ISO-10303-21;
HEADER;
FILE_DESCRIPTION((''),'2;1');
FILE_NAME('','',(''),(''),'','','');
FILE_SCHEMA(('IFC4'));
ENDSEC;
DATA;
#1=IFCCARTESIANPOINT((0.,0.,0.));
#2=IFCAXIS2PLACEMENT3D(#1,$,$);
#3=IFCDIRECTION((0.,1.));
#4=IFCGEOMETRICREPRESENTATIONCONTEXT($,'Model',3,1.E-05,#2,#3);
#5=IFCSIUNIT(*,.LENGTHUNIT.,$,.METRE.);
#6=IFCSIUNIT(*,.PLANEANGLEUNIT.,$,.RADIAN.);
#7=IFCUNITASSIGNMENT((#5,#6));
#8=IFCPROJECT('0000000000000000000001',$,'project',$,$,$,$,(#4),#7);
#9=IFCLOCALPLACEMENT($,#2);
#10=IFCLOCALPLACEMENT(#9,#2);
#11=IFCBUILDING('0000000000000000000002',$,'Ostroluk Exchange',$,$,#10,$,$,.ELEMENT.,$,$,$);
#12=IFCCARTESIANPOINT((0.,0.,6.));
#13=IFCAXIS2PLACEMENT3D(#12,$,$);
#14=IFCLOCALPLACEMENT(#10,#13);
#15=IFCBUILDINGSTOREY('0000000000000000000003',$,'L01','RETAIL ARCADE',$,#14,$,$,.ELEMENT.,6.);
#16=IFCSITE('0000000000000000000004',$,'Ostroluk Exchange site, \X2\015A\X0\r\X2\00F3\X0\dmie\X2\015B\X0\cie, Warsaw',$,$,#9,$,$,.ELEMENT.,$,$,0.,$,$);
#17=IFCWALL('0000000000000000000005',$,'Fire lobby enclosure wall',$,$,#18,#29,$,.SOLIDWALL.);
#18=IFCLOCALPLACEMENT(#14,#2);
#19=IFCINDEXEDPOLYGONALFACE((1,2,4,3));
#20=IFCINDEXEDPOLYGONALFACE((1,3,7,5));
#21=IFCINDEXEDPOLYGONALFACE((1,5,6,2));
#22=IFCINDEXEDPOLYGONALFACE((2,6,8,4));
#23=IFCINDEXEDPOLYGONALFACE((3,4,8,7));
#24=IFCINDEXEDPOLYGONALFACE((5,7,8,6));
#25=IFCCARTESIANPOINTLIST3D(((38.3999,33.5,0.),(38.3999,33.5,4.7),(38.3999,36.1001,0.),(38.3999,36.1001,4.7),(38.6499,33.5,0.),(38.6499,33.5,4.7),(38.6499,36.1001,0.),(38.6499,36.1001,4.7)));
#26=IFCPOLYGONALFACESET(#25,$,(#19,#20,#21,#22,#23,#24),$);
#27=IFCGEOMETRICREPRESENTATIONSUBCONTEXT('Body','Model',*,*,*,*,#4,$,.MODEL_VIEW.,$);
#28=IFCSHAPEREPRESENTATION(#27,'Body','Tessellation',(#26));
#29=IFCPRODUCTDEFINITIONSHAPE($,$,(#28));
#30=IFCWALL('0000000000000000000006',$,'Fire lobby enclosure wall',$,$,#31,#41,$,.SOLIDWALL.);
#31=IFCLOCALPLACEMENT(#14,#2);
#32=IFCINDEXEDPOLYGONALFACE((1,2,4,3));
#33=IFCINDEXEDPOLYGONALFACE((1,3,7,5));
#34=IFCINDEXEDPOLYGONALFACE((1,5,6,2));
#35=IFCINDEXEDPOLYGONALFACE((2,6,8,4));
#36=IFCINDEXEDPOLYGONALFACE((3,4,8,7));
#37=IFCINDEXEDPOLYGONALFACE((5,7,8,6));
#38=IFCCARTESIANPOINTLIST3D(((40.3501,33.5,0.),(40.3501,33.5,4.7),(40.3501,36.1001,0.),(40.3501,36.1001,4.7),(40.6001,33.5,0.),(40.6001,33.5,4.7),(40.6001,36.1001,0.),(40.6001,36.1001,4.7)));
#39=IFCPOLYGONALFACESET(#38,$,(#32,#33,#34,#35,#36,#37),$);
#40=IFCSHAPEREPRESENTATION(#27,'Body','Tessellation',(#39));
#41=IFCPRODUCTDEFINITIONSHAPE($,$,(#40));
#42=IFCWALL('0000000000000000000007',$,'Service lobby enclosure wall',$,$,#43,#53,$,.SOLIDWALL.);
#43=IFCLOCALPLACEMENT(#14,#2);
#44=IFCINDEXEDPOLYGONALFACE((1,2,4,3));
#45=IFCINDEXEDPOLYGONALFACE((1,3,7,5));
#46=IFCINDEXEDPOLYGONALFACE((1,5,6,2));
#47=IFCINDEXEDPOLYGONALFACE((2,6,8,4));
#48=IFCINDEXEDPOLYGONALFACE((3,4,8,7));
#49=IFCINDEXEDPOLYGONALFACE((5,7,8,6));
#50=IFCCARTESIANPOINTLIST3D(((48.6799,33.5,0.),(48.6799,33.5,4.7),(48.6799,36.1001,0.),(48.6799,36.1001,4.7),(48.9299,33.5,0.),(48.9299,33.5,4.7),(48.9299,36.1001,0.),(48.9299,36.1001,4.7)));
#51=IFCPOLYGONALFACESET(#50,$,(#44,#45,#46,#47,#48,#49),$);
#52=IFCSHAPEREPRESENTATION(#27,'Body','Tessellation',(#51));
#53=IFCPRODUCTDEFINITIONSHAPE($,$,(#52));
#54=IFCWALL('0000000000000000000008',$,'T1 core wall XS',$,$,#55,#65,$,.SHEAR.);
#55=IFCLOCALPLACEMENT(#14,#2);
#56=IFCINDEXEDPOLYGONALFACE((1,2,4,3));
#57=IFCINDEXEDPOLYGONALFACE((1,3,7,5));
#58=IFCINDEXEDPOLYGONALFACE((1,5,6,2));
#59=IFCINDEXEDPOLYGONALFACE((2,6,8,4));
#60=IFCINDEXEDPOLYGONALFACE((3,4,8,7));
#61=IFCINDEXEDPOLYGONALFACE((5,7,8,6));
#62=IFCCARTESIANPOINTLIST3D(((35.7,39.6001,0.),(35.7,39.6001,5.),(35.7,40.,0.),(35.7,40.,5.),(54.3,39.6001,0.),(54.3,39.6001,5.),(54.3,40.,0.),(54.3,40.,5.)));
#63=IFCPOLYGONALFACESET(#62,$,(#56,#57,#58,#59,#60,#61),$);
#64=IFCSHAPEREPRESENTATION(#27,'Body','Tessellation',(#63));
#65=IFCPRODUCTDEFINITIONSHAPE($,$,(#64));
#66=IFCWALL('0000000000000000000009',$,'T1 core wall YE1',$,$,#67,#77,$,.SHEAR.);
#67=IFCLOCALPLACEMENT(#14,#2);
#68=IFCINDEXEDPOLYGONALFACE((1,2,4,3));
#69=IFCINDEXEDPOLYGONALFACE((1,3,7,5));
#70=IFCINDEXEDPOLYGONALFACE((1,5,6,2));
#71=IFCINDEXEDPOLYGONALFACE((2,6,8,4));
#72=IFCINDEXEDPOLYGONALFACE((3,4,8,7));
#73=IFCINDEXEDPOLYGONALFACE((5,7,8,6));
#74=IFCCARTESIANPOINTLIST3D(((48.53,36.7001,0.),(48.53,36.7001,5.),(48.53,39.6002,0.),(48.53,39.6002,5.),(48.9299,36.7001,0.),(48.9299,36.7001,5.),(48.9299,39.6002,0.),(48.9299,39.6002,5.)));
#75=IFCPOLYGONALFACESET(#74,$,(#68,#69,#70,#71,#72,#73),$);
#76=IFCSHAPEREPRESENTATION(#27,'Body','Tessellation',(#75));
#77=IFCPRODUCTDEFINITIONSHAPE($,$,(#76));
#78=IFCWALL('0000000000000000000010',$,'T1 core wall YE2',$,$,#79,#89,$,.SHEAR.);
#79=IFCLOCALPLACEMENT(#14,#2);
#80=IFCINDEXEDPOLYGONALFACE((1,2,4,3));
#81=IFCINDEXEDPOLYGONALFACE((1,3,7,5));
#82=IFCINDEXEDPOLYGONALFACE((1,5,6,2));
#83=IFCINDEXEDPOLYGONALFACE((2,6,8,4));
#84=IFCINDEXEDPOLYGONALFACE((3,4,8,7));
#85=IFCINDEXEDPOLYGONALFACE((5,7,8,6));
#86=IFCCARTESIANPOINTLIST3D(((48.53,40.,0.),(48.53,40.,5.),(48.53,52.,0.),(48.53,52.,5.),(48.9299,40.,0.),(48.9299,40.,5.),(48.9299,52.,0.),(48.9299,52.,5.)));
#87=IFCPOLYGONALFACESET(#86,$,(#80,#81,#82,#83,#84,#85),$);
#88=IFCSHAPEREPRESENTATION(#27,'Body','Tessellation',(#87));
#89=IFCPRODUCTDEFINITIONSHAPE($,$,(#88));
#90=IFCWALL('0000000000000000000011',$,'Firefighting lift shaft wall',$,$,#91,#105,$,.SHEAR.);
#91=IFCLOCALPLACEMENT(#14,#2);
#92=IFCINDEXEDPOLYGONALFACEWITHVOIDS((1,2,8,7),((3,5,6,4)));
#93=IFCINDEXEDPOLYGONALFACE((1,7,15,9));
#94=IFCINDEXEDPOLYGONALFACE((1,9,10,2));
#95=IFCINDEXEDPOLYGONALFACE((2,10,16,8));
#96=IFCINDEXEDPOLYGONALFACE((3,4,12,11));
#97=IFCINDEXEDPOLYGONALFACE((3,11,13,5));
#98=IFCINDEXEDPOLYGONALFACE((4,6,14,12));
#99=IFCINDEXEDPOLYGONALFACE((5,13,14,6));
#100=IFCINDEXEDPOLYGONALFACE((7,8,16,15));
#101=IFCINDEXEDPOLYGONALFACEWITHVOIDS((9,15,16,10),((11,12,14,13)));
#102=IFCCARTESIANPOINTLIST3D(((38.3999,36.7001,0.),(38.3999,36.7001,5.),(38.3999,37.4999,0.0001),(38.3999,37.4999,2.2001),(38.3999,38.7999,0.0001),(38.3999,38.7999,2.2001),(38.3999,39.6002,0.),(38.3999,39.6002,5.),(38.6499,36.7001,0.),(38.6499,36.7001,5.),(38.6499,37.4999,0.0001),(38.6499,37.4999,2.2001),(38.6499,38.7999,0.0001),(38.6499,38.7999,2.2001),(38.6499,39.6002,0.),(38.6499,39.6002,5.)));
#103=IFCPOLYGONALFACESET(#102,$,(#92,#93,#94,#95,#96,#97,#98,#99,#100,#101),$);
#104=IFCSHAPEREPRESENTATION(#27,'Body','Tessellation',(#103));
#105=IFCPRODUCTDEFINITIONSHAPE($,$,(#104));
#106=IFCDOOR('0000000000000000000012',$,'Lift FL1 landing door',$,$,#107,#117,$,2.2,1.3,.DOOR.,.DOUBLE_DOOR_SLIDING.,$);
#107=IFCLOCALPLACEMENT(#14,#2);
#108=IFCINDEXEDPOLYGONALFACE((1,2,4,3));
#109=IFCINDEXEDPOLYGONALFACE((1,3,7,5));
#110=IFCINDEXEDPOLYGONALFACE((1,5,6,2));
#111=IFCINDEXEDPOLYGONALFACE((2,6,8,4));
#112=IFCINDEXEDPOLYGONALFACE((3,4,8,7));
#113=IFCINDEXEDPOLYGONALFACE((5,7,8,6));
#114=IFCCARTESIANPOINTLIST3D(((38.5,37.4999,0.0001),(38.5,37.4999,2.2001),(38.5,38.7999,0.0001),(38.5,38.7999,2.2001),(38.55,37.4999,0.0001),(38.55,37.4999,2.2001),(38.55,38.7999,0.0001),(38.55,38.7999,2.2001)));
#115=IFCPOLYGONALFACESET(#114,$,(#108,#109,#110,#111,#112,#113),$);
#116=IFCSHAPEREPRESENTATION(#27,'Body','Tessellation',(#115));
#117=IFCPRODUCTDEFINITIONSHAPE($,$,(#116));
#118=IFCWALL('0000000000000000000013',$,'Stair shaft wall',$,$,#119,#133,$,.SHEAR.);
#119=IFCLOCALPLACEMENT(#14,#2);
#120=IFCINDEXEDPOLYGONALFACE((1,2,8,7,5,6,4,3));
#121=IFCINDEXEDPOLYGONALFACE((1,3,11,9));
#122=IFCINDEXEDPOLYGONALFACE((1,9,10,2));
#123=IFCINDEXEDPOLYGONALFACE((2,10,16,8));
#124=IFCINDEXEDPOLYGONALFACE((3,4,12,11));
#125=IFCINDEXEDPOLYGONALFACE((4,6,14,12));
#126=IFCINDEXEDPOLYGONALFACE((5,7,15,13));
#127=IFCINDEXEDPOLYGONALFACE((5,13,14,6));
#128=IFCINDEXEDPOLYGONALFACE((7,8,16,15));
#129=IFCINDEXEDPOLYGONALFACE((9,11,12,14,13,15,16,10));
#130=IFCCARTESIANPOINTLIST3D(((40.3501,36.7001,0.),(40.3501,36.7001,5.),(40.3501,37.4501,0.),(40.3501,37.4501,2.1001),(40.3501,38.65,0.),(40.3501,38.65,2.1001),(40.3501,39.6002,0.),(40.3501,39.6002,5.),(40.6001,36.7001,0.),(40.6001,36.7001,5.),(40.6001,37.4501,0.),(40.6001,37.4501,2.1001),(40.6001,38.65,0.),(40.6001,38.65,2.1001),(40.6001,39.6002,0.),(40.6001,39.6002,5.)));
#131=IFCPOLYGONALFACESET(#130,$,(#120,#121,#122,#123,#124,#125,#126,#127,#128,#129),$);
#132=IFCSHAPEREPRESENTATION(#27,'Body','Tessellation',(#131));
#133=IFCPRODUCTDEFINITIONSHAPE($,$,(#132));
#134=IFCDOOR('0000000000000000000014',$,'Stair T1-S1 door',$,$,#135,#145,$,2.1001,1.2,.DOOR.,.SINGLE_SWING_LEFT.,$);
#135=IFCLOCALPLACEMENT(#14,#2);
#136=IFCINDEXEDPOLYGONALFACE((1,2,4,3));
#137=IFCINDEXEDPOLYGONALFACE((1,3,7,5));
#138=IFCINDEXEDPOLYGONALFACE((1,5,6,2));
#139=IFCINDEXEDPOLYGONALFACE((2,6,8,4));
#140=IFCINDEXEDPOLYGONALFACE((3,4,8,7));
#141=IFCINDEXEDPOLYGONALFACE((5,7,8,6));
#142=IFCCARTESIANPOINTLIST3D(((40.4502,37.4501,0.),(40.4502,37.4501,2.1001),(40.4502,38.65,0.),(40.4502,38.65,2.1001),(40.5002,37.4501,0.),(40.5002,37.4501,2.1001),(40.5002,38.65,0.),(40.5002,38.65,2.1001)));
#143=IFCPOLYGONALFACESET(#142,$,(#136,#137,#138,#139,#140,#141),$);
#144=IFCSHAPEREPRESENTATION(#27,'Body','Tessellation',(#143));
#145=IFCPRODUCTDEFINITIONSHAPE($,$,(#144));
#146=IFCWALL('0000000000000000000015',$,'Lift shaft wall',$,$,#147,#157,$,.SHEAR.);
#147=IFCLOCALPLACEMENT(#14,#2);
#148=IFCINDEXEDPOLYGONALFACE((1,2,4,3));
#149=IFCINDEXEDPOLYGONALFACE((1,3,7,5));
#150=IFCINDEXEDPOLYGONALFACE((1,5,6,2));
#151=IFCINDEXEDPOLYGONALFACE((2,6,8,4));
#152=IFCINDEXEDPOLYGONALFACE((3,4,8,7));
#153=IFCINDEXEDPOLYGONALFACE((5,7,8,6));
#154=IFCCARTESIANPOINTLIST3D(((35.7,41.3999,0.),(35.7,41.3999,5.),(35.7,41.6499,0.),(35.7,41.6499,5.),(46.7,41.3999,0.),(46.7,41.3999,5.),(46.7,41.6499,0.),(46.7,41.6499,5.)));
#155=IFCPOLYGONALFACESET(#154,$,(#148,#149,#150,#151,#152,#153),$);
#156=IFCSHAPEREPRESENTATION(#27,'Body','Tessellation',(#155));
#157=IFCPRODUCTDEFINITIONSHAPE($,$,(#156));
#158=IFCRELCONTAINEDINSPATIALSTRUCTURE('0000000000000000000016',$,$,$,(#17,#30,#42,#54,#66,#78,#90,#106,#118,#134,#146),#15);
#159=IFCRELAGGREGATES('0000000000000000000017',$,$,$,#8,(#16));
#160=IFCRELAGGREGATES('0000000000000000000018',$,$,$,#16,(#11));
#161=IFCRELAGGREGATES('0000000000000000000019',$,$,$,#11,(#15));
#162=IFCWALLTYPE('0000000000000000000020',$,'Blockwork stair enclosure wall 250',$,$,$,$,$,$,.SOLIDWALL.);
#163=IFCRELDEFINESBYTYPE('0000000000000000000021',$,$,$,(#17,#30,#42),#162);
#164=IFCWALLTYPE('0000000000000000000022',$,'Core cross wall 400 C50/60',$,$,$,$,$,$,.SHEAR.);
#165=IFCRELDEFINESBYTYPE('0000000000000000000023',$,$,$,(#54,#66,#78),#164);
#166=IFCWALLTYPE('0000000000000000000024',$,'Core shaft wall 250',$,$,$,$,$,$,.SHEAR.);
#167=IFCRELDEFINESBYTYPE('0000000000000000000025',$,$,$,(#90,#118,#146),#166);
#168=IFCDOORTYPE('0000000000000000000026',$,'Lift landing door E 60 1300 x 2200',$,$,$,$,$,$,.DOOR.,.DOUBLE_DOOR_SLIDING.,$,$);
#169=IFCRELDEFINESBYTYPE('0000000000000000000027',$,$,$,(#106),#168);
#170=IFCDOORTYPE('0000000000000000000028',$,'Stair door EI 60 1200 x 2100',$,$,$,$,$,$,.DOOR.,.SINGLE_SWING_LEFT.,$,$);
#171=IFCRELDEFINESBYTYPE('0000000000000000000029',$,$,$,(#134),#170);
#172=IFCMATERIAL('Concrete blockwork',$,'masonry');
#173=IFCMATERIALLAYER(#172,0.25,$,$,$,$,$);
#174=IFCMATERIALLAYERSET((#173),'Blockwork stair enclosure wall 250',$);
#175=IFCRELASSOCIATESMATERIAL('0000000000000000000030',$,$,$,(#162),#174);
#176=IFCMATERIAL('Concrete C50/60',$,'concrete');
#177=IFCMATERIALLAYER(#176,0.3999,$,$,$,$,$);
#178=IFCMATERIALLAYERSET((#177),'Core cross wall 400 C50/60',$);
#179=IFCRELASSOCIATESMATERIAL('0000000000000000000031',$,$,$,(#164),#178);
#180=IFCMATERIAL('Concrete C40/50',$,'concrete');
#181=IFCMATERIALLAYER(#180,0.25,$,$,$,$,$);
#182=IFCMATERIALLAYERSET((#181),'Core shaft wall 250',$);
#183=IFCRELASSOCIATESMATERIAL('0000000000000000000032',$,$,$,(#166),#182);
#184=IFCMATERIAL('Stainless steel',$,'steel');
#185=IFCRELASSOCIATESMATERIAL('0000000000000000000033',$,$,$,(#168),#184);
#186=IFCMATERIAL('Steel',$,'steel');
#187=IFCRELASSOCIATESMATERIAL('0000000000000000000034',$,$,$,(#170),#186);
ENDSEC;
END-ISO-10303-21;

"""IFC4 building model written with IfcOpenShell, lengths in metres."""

from ifc_helpers import new_model, si_unit, direction, frame, frame_2d, origin, place, context, subcontext, project, spatial, rectangle, extrude, material, layer, layer_set, type_object, element, fill, save


model = new_model("IFC4")

# Units and contexts
model_context = context("Model", 3, precision=1e-05, world=origin(), true_north=direction((0.0, 1.0)))
body_context = subcontext(model_context, "Body", "Model", "MODEL_VIEW")
ifc_project = project(units=[si_unit("LENGTHUNIT", "METRE"), si_unit("PLANEANGLEUNIT", "RADIAN")], contexts=[model_context])

# Site, building, storey
site_placement = place(None, origin())
site = spatial("IfcSite", under=ifc_project, at=site_placement, Name="Ostroluk Exchange site, Śródmieście, Warsaw", CompositionType="ELEMENT", RefElevation=0.0)
building_placement = place(site_placement, origin())
building = spatial("IfcBuilding", under=site, at=building_placement, Name="Ostroluk Exchange", CompositionType="ELEMENT")
storey_placement = place(building_placement, frame((0.0, 0.0, 6.0)))
storey = spatial("IfcBuildingStorey", under=building, at=storey_placement, Name="L01", Description="RETAIL ARCADE", CompositionType="ELEMENT", Elevation=6.0)

# Walls
ifc_material_1 = material(Name="Concrete blockwork", Category="masonry")
ifc_layer_1 = layer(ifc_material_1, 0.25)
ifc_layer_set_1 = layer_set([ifc_layer_1], Name="Blockwork stair enclosure wall 250")
wall_type_1 = type_object("IfcWallType", Name="Blockwork stair enclosure wall 250", PredefinedType="SOLIDWALL", material=ifc_layer_set_1)
for number, where, z_axis, x_axis, name in (
    (1, (38.5249, 33.5, 0.0), (0.0, 0.0, 1.0), (0.0, 1.0, 0.0), "Fire lobby enclosure wall"),
    (2, (40.4751, 33.5, 0.0), (0.0, 0.0, 1.0), (0.0, 1.0, 0.0), "Fire lobby enclosure wall"),
    (3, (48.8049, 33.5, 0.0), (0.0, 0.0, 1.0), (0.0, 1.0, 0.0), "Service lobby enclosure wall"),
):
    element("IfcWall", number, at=place(storey_placement, frame(where, z_axis=z_axis, x_axis=x_axis)), inside=storey, type_object=wall_type_1, Name=name, PredefinedType="SOLIDWALL", context=body_context, shape_type="SweptSolid", body=[
        extrude(rectangle(XDim=2.6001, YDim=0.25, at=frame_2d((1.3, 0.0))), origin(), (0.0, 0.0, 1.0), 4.7),
    ])
ifc_material_2 = material(Name="Concrete C50/60", Category="concrete")
ifc_layer_2 = layer(ifc_material_2, 0.3999)
ifc_layer_set_2 = layer_set([ifc_layer_2], Name="Core cross wall 400 C50/60")
wall_type_2 = type_object("IfcWallType", Name="Core cross wall 400 C50/60", PredefinedType="SHEAR", material=ifc_layer_set_2)
wall_1_placement = place(storey_placement, frame((35.7, 39.8, 0.0), z_axis=(0.0, 0.0, 1.0), x_axis=(1.0, 0.0, 0.0)))
element("IfcWall", 4, at=wall_1_placement, inside=storey, type_object=wall_type_2, Name="T1 core wall XS", PredefinedType="SHEAR", context=body_context, shape_type="SweptSolid", body=[
    extrude(rectangle(XDim=18.6001, YDim=0.3999, at=frame_2d((9.3, 0.0))), origin(), (0.0, 0.0, 1.0), 5.0),
])
wall_2_placement = place(storey_placement, frame((48.73, 36.7, 0.0), z_axis=(0.0, 0.0, 1.0), x_axis=(0.0, 1.0, 0.0)))
element("IfcWall", 5, at=wall_2_placement, inside=storey, type_object=wall_type_2, Name="T1 core wall YE1", PredefinedType="SHEAR", context=body_context, shape_type="SweptSolid", body=[
    extrude(rectangle(XDim=2.9001, YDim=0.3999, at=frame_2d((1.4502, 0.0))), origin(), (0.0, 0.0, 1.0), 5.0),
])
wall_3_placement = place(storey_placement, frame((48.73, 40.0, 0.0), z_axis=(0.0, 0.0, 1.0), x_axis=(0.0, 1.0, 0.0)))
element("IfcWall", 6, at=wall_3_placement, inside=storey, type_object=wall_type_2, Name="T1 core wall YE2", PredefinedType="SHEAR", context=body_context, shape_type="SweptSolid", body=[
    extrude(rectangle(XDim=12.0, YDim=0.3999, at=frame_2d((6.0, 0.0))), origin(), (0.0, 0.0, 1.0), 5.0),
])

# Walls, openings, doors
ifc_material_3 = material(Name="Concrete C40/50", Category="concrete")
ifc_layer_3 = layer(ifc_material_3, 0.25)
ifc_layer_set_3 = layer_set([ifc_layer_3], Name="Core shaft wall 250")
wall_type_3 = type_object("IfcWallType", Name="Core shaft wall 250", PredefinedType="SHEAR", material=ifc_layer_set_3)
wall_4_placement = place(storey_placement, frame((38.5249, 36.7, 0.0), z_axis=(0.0, 0.0, 1.0), x_axis=(0.0, 1.0, 0.0)))
wall_4 = element("IfcWall", 7, at=wall_4_placement, inside=storey, type_object=wall_type_3, Name="Firefighting lift shaft wall", PredefinedType="SHEAR", context=body_context, shape_type="SweptSolid", body=[
    extrude(rectangle(XDim=2.9001, YDim=0.25, at=frame_2d((1.4502, 0.0))), origin(), (0.0, 0.0, 1.0), 5.0),
])
opening_1_placement = place(wall_4_placement, frame((0.8, 0.0, 0.0)))
opening_1 = element("IfcOpeningElement", 8, at=opening_1_placement, cuts=wall_4, PredefinedType="OPENING", context=body_context, shape_type="SweptSolid", body=[
    extrude(rectangle(XDim=1.3, YDim=2.2, at=frame_2d((0.6499, 1.1001))), frame((0.0, 0.135, 0.0), z_axis=(0.0, -1.0, 0.0), x_axis=(1.0, 0.0, 0.0)), (0.0, 0.0, 1.0), 0.27),
])
ifc_material_4 = material(Name="Stainless steel", Category="steel")
door_type_1 = type_object("IfcDoorType", Name="Lift landing door E 60 1300 x 2200", OperationType="DOUBLE_DOOR_SLIDING", PredefinedType="DOOR", material=ifc_material_4)
door_1_placement = place(opening_1_placement, origin())
door_1 = element("IfcDoor", 9, at=door_1_placement, inside=storey, type_object=door_type_1, Name="Lift FL1 landing door", OperationType="DOUBLE_DOOR_SLIDING", OverallHeight=2.2, OverallWidth=1.3, PredefinedType="DOOR", context=body_context, shape_type="SweptSolid", body=[
    extrude(rectangle(XDim=1.3, YDim=2.2, at=frame_2d((0.6499, 1.1001))), frame((0.0, 0.0249, 0.0), z_axis=(0.0, -1.0, 0.0), x_axis=(1.0, 0.0, 0.0)), (0.0, 0.0, 1.0), 0.05),
])
fill(opening_1, door_1)
wall_5_placement = place(storey_placement, frame((40.4751, 36.7, 0.0), z_axis=(0.0, 0.0, 1.0), x_axis=(0.0, 1.0, 0.0)))
wall_5 = element("IfcWall", 10, at=wall_5_placement, inside=storey, type_object=wall_type_3, Name="Stair shaft wall", PredefinedType="SHEAR", context=body_context, shape_type="SweptSolid", body=[
    extrude(rectangle(XDim=2.9001, YDim=0.25, at=frame_2d((1.4502, 0.0))), origin(), (0.0, 0.0, 1.0), 5.0),
])
opening_2_placement = place(wall_5_placement, frame((0.75, 0.0, 0.0)))
opening_2 = element("IfcOpeningElement", 11, at=opening_2_placement, cuts=wall_5, PredefinedType="OPENING", context=body_context, shape_type="SweptSolid", body=[
    extrude(rectangle(XDim=1.2, YDim=2.1001, at=frame_2d((0.6001, 1.05))), frame((0.0, 0.135, 0.0), z_axis=(0.0, -1.0, 0.0), x_axis=(1.0, 0.0, 0.0)), (0.0, 0.0, 1.0), 0.27),
])
ifc_material_5 = material(Name="Steel", Category="steel")
door_type_2 = type_object("IfcDoorType", Name="Stair door EI 60 1200 x 2100", OperationType="SINGLE_SWING_LEFT", PredefinedType="DOOR", material=ifc_material_5)
door_2_placement = place(opening_2_placement, origin())
door_2 = element("IfcDoor", 12, at=door_2_placement, inside=storey, type_object=door_type_2, Name="Stair T1-S1 door", OperationType="SINGLE_SWING_LEFT", OverallHeight=2.1001, OverallWidth=1.2, PredefinedType="DOOR", context=body_context, shape_type="SweptSolid", body=[
    extrude(rectangle(XDim=1.2, YDim=2.1001, at=frame_2d((0.6001, 1.05))), frame((0.0, 0.0249, 0.0), z_axis=(0.0, -1.0, 0.0), x_axis=(1.0, 0.0, 0.0)), (0.0, 0.0, 1.0), 0.05),
])
fill(opening_2, door_2)

# Wall
wall_6_placement = place(storey_placement, frame((35.7, 41.5249, 0.0), z_axis=(0.0, 0.0, 1.0), x_axis=(1.0, 0.0, 0.0)))
element("IfcWall", 13, at=wall_6_placement, inside=storey, type_object=wall_type_3, Name="Lift shaft wall", PredefinedType="SHEAR", context=body_context, shape_type="SweptSolid", body=[
    extrude(rectangle(XDim=11.0, YDim=0.25, at=frame_2d((5.5, 0.0))), origin(), (0.0, 0.0, 1.0), 5.0),
])

save(model, "model.ifc")
